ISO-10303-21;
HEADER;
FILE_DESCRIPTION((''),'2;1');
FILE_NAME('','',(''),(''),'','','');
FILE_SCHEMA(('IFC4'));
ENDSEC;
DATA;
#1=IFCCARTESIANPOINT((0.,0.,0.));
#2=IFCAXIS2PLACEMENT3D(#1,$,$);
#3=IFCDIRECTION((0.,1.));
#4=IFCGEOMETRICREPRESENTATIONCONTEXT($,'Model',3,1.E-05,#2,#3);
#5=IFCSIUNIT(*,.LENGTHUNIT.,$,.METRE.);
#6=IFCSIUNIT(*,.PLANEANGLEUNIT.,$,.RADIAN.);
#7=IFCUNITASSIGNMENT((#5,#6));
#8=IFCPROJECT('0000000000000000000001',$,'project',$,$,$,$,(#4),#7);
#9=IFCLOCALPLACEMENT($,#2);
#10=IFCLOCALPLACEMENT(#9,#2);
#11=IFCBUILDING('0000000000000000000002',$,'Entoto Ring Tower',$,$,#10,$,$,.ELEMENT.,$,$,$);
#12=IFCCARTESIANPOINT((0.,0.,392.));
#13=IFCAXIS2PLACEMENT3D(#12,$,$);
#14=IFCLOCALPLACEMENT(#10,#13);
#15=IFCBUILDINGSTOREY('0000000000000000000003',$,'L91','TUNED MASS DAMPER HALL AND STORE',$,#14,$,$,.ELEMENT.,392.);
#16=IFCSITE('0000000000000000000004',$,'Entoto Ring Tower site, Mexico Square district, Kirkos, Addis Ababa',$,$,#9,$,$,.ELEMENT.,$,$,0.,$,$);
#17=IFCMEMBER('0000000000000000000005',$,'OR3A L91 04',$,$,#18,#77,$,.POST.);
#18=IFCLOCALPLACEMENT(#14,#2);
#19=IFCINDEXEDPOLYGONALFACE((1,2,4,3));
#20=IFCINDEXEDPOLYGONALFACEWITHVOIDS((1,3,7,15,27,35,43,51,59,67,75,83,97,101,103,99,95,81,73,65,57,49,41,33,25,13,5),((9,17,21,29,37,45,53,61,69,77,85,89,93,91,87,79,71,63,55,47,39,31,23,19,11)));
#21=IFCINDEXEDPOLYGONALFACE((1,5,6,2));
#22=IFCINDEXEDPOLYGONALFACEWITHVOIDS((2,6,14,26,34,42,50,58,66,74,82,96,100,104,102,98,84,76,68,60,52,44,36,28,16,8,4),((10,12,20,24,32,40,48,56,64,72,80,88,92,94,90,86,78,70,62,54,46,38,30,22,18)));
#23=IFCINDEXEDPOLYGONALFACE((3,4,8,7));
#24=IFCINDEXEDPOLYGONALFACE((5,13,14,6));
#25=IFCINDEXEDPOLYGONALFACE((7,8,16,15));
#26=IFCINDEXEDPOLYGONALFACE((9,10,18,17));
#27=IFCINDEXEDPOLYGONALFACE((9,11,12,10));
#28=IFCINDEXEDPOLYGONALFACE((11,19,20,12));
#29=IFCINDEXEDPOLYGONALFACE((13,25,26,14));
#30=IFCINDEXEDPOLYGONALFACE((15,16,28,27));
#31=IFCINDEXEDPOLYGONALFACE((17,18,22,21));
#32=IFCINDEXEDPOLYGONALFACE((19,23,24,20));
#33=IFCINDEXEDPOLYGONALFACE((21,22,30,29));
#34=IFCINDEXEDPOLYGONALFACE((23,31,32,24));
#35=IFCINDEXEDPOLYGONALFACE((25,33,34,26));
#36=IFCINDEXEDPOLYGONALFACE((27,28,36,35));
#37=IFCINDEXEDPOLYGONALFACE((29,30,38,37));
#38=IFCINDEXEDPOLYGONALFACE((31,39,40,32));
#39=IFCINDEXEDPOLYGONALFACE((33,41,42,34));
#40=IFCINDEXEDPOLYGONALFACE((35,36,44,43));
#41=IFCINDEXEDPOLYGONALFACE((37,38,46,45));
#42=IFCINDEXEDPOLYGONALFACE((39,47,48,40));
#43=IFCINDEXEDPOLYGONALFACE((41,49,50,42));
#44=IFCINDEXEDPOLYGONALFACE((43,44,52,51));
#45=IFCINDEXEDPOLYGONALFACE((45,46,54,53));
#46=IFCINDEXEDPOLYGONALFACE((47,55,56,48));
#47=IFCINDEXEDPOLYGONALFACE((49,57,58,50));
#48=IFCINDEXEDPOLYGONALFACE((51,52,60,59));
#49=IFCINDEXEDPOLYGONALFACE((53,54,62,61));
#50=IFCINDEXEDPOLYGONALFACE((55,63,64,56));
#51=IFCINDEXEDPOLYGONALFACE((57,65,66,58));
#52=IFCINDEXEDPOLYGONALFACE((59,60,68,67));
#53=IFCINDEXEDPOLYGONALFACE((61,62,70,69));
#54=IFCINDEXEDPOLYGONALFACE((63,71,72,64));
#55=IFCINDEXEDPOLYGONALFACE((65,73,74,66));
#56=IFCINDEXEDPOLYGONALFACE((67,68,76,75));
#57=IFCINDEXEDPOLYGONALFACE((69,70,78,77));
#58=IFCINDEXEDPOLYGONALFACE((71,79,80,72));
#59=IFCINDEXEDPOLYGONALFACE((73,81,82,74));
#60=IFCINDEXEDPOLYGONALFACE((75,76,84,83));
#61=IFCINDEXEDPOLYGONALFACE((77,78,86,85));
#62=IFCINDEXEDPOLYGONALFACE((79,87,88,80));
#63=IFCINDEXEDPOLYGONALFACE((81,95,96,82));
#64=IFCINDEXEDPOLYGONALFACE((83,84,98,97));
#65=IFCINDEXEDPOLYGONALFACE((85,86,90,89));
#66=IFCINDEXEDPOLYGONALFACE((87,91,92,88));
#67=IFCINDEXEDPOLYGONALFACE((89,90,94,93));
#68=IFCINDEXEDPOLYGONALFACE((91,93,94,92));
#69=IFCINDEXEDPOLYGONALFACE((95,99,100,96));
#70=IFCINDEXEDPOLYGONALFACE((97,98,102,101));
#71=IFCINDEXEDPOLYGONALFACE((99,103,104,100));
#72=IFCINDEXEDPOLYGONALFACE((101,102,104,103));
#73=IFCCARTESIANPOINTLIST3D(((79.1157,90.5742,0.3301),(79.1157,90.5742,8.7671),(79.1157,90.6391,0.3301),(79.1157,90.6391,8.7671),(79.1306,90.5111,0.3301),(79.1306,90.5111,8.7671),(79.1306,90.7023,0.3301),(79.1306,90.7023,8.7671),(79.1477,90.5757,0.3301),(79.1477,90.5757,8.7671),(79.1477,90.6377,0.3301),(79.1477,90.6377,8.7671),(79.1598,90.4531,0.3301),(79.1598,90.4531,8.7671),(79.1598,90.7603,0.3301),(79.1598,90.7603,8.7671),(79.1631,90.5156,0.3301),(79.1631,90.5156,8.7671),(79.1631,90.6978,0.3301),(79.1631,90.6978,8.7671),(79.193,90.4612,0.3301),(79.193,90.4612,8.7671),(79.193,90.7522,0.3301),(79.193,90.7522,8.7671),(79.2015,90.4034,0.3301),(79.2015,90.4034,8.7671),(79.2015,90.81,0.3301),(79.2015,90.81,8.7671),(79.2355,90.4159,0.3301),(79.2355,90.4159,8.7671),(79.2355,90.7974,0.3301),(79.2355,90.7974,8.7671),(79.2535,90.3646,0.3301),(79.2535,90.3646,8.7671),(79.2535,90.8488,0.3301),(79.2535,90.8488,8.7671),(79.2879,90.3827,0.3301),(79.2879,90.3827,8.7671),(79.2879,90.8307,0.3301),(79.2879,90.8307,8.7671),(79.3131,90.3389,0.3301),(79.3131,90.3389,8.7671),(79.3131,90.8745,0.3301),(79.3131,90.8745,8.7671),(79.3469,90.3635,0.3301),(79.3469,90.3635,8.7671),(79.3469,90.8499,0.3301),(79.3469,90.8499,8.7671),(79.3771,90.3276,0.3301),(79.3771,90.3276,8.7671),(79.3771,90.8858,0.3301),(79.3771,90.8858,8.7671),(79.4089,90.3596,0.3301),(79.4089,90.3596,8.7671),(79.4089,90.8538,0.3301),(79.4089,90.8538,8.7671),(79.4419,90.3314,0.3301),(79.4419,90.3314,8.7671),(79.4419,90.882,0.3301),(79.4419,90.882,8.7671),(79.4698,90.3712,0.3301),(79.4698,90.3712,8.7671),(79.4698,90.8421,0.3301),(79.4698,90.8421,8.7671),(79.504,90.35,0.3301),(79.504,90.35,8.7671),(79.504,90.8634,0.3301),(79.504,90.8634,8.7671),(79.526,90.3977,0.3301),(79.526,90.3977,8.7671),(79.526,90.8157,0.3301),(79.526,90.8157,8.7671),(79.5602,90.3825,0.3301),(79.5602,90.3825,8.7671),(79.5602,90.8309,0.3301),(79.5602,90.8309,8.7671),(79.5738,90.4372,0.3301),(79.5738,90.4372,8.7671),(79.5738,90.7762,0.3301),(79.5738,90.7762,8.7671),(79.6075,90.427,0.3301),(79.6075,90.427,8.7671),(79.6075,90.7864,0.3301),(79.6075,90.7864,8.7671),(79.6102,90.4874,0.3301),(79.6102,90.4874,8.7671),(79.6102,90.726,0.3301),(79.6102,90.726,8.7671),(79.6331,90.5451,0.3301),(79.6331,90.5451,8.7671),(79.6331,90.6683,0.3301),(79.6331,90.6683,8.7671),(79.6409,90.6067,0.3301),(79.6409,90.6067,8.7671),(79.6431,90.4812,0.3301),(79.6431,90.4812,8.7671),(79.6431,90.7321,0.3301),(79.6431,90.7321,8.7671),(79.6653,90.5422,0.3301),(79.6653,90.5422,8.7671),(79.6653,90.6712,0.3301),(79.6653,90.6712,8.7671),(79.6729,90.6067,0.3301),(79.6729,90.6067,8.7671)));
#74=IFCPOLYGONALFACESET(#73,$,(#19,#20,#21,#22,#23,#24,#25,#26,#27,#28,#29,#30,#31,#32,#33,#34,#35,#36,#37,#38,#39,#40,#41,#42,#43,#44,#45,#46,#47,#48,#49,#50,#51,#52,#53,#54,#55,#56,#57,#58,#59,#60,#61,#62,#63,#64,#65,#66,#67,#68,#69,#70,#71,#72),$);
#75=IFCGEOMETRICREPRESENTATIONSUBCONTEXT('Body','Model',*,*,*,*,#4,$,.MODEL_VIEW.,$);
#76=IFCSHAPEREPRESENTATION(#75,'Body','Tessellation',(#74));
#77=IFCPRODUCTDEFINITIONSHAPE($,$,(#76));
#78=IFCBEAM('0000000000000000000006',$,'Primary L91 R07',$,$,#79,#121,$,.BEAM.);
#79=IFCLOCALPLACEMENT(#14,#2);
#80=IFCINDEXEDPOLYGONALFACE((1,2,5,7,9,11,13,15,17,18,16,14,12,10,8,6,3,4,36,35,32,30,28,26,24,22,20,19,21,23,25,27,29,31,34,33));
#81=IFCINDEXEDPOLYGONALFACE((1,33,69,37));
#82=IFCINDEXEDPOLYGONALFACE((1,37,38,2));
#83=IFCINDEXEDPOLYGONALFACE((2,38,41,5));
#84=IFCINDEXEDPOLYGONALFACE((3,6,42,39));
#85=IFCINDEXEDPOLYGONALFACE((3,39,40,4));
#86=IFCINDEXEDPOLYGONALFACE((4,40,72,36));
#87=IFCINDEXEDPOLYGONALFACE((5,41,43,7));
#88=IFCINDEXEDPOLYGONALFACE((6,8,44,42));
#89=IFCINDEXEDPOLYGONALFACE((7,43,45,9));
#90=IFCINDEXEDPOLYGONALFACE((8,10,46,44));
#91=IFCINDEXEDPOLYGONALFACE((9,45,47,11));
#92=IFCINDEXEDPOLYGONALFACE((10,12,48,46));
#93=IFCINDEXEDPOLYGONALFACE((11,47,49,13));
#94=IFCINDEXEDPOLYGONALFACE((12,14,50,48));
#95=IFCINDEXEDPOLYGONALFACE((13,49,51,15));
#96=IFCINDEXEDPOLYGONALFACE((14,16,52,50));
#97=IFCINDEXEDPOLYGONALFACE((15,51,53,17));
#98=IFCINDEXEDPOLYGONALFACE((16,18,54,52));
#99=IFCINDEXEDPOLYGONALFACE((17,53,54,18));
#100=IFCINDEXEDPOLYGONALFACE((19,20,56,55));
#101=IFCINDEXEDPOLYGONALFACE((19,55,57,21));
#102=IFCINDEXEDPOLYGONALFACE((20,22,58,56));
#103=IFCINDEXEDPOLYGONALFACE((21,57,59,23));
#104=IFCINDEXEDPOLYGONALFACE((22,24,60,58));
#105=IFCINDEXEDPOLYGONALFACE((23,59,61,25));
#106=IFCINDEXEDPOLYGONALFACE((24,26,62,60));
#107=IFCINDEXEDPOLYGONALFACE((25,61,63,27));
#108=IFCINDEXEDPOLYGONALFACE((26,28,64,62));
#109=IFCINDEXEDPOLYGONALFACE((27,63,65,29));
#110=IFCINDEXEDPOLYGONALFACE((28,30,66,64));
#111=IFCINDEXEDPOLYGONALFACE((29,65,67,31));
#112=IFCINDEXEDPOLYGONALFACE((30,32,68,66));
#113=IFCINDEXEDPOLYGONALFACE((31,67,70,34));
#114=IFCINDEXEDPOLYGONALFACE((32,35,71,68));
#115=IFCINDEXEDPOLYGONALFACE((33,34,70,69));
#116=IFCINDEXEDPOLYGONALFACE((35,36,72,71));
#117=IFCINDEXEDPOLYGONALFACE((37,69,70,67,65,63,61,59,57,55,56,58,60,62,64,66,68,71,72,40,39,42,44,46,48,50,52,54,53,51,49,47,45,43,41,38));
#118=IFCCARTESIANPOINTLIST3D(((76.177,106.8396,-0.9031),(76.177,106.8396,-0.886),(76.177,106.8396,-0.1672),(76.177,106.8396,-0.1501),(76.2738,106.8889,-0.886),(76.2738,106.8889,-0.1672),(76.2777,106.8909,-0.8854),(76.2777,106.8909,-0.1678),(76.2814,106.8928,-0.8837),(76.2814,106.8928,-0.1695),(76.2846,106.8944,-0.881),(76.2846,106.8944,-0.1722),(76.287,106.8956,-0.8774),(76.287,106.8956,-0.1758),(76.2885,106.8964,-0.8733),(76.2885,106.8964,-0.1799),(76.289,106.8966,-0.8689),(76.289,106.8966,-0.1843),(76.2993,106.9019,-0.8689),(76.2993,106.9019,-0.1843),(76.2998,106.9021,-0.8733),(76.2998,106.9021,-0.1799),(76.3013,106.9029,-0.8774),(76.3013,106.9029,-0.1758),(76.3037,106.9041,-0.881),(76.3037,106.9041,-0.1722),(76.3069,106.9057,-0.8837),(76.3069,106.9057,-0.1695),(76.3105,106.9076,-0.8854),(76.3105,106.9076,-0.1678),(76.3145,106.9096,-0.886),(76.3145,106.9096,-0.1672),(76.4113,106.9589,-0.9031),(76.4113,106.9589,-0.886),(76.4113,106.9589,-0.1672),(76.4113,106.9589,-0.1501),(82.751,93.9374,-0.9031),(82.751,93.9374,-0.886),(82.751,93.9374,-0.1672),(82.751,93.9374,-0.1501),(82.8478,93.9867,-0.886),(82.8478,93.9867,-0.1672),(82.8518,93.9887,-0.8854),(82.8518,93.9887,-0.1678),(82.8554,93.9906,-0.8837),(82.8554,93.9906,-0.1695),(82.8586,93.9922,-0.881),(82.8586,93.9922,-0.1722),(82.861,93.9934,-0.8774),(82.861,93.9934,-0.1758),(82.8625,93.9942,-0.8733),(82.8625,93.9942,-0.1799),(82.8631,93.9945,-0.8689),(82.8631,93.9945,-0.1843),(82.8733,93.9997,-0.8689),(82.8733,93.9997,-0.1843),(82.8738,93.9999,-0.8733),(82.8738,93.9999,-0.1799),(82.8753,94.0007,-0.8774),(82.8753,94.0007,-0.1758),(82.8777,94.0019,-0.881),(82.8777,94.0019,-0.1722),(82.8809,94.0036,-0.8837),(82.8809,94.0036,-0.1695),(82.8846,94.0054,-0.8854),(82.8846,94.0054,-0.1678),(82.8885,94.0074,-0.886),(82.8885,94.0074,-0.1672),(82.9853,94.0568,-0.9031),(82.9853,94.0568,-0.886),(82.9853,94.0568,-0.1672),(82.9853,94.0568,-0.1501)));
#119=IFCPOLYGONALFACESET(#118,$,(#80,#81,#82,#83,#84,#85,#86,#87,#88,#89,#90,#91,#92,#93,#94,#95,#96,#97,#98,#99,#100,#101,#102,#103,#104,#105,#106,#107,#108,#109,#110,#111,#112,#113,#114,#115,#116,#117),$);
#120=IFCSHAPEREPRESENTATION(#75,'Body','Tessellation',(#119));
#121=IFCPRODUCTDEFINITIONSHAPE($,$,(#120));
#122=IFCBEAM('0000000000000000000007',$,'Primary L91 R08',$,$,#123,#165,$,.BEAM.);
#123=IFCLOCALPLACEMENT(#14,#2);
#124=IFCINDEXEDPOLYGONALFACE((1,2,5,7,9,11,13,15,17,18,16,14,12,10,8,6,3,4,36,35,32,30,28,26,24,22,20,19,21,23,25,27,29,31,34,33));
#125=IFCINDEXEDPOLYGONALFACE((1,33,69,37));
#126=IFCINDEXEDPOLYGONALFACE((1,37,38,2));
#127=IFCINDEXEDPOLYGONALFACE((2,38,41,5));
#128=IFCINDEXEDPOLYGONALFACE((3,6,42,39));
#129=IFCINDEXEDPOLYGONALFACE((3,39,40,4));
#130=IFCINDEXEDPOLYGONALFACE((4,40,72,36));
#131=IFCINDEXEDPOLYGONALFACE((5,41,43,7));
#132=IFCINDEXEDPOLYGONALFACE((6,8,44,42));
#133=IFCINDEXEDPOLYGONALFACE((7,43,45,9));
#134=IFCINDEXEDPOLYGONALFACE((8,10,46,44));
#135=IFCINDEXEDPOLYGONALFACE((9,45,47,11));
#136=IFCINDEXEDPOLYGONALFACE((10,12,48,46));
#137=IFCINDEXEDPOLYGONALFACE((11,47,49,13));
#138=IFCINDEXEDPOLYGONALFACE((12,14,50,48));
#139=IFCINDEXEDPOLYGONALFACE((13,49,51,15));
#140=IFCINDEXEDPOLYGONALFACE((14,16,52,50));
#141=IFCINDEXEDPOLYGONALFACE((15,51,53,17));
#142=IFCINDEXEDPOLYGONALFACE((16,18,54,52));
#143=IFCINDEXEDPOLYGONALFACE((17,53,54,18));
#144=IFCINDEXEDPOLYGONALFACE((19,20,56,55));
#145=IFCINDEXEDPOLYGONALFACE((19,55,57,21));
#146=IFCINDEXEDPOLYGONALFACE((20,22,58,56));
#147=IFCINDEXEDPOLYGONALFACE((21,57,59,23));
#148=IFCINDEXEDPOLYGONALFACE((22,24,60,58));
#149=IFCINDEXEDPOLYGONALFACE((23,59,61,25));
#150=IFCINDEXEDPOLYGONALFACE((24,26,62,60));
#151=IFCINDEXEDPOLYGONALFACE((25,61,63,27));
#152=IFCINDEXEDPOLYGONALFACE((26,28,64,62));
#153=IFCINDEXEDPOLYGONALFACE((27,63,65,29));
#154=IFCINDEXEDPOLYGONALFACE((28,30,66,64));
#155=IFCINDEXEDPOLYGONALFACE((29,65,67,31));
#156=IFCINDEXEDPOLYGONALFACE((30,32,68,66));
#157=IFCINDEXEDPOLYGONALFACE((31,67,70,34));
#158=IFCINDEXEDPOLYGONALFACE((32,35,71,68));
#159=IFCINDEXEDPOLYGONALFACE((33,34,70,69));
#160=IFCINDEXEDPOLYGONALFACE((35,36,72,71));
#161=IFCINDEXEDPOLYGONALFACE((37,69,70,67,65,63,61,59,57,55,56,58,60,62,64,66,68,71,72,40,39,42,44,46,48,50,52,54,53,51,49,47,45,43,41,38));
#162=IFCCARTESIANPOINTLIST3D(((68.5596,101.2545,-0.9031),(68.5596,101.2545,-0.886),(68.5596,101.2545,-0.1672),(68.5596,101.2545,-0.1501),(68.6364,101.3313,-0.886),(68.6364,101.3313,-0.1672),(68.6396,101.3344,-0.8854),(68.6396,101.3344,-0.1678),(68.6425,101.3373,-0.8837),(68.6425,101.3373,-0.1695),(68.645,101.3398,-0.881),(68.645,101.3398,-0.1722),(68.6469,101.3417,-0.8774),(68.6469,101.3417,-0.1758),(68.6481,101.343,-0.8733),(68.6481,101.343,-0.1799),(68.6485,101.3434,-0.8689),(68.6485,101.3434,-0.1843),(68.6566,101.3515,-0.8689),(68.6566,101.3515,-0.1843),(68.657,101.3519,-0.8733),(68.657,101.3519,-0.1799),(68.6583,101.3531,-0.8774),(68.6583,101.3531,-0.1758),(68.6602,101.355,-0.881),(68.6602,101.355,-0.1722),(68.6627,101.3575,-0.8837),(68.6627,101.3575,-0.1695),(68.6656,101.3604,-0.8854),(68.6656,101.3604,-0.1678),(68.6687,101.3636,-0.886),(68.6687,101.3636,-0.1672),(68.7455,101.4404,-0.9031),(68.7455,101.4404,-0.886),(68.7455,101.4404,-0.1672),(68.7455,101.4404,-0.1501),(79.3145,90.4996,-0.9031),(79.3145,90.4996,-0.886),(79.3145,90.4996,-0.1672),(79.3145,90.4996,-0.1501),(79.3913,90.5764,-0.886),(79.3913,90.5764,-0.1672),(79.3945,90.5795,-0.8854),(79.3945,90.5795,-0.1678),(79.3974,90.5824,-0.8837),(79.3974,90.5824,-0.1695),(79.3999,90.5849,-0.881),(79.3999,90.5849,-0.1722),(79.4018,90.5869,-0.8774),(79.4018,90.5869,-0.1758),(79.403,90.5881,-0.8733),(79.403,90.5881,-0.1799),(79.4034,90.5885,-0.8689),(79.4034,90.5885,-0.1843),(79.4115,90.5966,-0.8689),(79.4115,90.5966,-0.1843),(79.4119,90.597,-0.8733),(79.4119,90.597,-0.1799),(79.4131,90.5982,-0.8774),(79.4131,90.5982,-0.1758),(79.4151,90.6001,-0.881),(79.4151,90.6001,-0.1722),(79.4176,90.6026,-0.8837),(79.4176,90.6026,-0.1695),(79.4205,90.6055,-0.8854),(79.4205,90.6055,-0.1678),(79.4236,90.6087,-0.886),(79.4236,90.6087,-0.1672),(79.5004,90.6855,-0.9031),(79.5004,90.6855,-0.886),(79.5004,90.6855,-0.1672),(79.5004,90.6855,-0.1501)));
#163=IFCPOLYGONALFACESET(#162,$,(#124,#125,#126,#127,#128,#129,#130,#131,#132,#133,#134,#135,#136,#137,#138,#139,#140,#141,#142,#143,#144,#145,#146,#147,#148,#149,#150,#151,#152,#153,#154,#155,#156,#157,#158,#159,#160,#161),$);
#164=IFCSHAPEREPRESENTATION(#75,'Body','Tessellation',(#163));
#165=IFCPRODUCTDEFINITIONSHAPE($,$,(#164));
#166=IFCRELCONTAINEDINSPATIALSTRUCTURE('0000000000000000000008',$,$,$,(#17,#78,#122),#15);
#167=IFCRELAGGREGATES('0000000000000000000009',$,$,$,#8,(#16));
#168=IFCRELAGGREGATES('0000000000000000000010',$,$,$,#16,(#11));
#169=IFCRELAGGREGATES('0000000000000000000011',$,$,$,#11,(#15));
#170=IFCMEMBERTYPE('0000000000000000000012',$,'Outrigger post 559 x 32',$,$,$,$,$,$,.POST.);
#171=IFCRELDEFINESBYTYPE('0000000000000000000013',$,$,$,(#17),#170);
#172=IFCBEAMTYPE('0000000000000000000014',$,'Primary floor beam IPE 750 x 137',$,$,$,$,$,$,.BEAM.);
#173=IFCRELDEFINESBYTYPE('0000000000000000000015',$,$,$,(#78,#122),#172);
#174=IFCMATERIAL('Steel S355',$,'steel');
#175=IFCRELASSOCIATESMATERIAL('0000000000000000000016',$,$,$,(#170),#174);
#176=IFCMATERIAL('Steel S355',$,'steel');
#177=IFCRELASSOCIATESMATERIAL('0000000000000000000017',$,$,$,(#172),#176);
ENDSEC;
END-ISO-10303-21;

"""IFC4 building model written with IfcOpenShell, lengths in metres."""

from ifc_helpers import new_model, si_unit, direction, frame, origin, origin_2d, place, context, subcontext, project, spatial, circle, hollow_circle, i_section, extrude, material, material_profile, profile_set, type_object, element, save


model = new_model("IFC4")

# Units and contexts
model_context = context("Model", 3, precision=1e-05, world=origin(), true_north=direction((0.0, 1.0)))
body_context = subcontext(model_context, "Body", "Model", "MODEL_VIEW")
ifc_project = project(units=[si_unit("LENGTHUNIT", "METRE"), si_unit("PLANEANGLEUNIT", "RADIAN")], contexts=[model_context])

# Site, building, storey
site_placement = place(None, origin())
site = spatial("IfcSite", under=ifc_project, at=site_placement, Name="Entoto Ring Tower site, Mexico Square district, Kirkos, Addis Ababa", CompositionType="ELEMENT", RefElevation=0.0)
building_placement = place(site_placement, origin())
building = spatial("IfcBuilding", under=site, at=building_placement, Name="Entoto Ring Tower", CompositionType="ELEMENT")
storey_placement = place(building_placement, frame((0.0, 0.0, 392.0)))
storey = spatial("IfcBuildingStorey", under=building, at=storey_placement, Name="L91", Description="TUNED MASS DAMPER HALL AND STORE", CompositionType="ELEMENT", Elevation=392.0)

# Member
ifc_material_1 = material(Name="Steel S355", Category="steel")
ifc_material_profile_1 = material_profile(ifc_material_1, hollow_circle(Radius=0.2795, WallThickness=0.032, at=origin_2d()), Name="CHS 559 x 32")
ifc_material_2 = material(Name="Concrete C60/75", Category="concrete")
ifc_material_profile_2 = material_profile(ifc_material_2, circle(Radius=0.2476, at=origin_2d()), Name="Concrete C60/75 infill")
ifc_profile_set_1 = profile_set([ifc_material_profile_1, ifc_material_profile_2], Name="Steel S355")
member_type_1 = type_object("IfcMemberType", Name="Outrigger post 559 x 32", PredefinedType="POST", material=ifc_profile_set_1)
member_1_placement = place(storey_placement, frame((79.3933, 90.6067, 0.3301), z_axis=(0.0, 0.0, 1.0), x_axis=(1.0, 0.0, 0.0)))
element("IfcMember", 1, at=member_1_placement, inside=storey, type_object=member_type_1, Name="OR3A L91 04", PredefinedType="POST", context=body_context, shape_type="SweptSolid", body=[
    extrude(hollow_circle(Radius=0.2795, WallThickness=0.032, at=origin_2d()), origin(), (0.0, 0.0, 1.0), 8.437),
])

# Beams
ifc_material_3 = material(Name="Steel S355", Category="steel")
ifc_material_profile_3 = material_profile(ifc_material_3, i_section(OverallWidth=0.2629, OverallDepth=0.7529, WebThickness=0.0115, FlangeThickness=0.0171, FilletRadius=0.0171, at=origin_2d()), Name="IPE 750 x 137")
ifc_profile_set_2 = profile_set([ifc_material_profile_3], Name="Steel S355")
beam_type_1 = type_object("IfcBeamType", Name="Primary floor beam IPE 750 x 137", PredefinedType="BEAM", material=ifc_profile_set_2)
beam_1_placement = place(storey_placement, frame((82.8682, 93.9971, -0.5266), z_axis=(-0.453992, 0.891006, 0.0), x_axis=(-0.891006, -0.453992, 0.0)))
element("IfcBeam", 2, at=beam_1_placement, inside=storey, type_object=beam_type_1, Name="Primary L91 R07", PredefinedType="BEAM", context=body_context, shape_type="SweptSolid", body=[
    extrude(i_section(OverallWidth=0.2629, OverallDepth=0.7529, WebThickness=0.0115, FlangeThickness=0.0171, FilletRadius=0.0171, at=origin_2d()), origin(), (0.0, 0.0, 1.0), 14.4805),
])
beam_2_placement = place(storey_placement, frame((79.4075, 90.5925, -0.5266), z_axis=(-0.707107, 0.707107, 0.0), x_axis=(-0.707107, -0.707107, 0.0)))
element("IfcBeam", 3, at=beam_2_placement, inside=storey, type_object=beam_type_1, Name="Primary L91 R08", PredefinedType="BEAM", context=body_context, shape_type="SweptSolid", body=[
    extrude(i_section(OverallWidth=0.2629, OverallDepth=0.7529, WebThickness=0.0115, FlangeThickness=0.0171, FilletRadius=0.0171, at=origin_2d()), origin(), (0.0, 0.0, 1.0), 15.2097),
])

save(model, "model.ifc")
